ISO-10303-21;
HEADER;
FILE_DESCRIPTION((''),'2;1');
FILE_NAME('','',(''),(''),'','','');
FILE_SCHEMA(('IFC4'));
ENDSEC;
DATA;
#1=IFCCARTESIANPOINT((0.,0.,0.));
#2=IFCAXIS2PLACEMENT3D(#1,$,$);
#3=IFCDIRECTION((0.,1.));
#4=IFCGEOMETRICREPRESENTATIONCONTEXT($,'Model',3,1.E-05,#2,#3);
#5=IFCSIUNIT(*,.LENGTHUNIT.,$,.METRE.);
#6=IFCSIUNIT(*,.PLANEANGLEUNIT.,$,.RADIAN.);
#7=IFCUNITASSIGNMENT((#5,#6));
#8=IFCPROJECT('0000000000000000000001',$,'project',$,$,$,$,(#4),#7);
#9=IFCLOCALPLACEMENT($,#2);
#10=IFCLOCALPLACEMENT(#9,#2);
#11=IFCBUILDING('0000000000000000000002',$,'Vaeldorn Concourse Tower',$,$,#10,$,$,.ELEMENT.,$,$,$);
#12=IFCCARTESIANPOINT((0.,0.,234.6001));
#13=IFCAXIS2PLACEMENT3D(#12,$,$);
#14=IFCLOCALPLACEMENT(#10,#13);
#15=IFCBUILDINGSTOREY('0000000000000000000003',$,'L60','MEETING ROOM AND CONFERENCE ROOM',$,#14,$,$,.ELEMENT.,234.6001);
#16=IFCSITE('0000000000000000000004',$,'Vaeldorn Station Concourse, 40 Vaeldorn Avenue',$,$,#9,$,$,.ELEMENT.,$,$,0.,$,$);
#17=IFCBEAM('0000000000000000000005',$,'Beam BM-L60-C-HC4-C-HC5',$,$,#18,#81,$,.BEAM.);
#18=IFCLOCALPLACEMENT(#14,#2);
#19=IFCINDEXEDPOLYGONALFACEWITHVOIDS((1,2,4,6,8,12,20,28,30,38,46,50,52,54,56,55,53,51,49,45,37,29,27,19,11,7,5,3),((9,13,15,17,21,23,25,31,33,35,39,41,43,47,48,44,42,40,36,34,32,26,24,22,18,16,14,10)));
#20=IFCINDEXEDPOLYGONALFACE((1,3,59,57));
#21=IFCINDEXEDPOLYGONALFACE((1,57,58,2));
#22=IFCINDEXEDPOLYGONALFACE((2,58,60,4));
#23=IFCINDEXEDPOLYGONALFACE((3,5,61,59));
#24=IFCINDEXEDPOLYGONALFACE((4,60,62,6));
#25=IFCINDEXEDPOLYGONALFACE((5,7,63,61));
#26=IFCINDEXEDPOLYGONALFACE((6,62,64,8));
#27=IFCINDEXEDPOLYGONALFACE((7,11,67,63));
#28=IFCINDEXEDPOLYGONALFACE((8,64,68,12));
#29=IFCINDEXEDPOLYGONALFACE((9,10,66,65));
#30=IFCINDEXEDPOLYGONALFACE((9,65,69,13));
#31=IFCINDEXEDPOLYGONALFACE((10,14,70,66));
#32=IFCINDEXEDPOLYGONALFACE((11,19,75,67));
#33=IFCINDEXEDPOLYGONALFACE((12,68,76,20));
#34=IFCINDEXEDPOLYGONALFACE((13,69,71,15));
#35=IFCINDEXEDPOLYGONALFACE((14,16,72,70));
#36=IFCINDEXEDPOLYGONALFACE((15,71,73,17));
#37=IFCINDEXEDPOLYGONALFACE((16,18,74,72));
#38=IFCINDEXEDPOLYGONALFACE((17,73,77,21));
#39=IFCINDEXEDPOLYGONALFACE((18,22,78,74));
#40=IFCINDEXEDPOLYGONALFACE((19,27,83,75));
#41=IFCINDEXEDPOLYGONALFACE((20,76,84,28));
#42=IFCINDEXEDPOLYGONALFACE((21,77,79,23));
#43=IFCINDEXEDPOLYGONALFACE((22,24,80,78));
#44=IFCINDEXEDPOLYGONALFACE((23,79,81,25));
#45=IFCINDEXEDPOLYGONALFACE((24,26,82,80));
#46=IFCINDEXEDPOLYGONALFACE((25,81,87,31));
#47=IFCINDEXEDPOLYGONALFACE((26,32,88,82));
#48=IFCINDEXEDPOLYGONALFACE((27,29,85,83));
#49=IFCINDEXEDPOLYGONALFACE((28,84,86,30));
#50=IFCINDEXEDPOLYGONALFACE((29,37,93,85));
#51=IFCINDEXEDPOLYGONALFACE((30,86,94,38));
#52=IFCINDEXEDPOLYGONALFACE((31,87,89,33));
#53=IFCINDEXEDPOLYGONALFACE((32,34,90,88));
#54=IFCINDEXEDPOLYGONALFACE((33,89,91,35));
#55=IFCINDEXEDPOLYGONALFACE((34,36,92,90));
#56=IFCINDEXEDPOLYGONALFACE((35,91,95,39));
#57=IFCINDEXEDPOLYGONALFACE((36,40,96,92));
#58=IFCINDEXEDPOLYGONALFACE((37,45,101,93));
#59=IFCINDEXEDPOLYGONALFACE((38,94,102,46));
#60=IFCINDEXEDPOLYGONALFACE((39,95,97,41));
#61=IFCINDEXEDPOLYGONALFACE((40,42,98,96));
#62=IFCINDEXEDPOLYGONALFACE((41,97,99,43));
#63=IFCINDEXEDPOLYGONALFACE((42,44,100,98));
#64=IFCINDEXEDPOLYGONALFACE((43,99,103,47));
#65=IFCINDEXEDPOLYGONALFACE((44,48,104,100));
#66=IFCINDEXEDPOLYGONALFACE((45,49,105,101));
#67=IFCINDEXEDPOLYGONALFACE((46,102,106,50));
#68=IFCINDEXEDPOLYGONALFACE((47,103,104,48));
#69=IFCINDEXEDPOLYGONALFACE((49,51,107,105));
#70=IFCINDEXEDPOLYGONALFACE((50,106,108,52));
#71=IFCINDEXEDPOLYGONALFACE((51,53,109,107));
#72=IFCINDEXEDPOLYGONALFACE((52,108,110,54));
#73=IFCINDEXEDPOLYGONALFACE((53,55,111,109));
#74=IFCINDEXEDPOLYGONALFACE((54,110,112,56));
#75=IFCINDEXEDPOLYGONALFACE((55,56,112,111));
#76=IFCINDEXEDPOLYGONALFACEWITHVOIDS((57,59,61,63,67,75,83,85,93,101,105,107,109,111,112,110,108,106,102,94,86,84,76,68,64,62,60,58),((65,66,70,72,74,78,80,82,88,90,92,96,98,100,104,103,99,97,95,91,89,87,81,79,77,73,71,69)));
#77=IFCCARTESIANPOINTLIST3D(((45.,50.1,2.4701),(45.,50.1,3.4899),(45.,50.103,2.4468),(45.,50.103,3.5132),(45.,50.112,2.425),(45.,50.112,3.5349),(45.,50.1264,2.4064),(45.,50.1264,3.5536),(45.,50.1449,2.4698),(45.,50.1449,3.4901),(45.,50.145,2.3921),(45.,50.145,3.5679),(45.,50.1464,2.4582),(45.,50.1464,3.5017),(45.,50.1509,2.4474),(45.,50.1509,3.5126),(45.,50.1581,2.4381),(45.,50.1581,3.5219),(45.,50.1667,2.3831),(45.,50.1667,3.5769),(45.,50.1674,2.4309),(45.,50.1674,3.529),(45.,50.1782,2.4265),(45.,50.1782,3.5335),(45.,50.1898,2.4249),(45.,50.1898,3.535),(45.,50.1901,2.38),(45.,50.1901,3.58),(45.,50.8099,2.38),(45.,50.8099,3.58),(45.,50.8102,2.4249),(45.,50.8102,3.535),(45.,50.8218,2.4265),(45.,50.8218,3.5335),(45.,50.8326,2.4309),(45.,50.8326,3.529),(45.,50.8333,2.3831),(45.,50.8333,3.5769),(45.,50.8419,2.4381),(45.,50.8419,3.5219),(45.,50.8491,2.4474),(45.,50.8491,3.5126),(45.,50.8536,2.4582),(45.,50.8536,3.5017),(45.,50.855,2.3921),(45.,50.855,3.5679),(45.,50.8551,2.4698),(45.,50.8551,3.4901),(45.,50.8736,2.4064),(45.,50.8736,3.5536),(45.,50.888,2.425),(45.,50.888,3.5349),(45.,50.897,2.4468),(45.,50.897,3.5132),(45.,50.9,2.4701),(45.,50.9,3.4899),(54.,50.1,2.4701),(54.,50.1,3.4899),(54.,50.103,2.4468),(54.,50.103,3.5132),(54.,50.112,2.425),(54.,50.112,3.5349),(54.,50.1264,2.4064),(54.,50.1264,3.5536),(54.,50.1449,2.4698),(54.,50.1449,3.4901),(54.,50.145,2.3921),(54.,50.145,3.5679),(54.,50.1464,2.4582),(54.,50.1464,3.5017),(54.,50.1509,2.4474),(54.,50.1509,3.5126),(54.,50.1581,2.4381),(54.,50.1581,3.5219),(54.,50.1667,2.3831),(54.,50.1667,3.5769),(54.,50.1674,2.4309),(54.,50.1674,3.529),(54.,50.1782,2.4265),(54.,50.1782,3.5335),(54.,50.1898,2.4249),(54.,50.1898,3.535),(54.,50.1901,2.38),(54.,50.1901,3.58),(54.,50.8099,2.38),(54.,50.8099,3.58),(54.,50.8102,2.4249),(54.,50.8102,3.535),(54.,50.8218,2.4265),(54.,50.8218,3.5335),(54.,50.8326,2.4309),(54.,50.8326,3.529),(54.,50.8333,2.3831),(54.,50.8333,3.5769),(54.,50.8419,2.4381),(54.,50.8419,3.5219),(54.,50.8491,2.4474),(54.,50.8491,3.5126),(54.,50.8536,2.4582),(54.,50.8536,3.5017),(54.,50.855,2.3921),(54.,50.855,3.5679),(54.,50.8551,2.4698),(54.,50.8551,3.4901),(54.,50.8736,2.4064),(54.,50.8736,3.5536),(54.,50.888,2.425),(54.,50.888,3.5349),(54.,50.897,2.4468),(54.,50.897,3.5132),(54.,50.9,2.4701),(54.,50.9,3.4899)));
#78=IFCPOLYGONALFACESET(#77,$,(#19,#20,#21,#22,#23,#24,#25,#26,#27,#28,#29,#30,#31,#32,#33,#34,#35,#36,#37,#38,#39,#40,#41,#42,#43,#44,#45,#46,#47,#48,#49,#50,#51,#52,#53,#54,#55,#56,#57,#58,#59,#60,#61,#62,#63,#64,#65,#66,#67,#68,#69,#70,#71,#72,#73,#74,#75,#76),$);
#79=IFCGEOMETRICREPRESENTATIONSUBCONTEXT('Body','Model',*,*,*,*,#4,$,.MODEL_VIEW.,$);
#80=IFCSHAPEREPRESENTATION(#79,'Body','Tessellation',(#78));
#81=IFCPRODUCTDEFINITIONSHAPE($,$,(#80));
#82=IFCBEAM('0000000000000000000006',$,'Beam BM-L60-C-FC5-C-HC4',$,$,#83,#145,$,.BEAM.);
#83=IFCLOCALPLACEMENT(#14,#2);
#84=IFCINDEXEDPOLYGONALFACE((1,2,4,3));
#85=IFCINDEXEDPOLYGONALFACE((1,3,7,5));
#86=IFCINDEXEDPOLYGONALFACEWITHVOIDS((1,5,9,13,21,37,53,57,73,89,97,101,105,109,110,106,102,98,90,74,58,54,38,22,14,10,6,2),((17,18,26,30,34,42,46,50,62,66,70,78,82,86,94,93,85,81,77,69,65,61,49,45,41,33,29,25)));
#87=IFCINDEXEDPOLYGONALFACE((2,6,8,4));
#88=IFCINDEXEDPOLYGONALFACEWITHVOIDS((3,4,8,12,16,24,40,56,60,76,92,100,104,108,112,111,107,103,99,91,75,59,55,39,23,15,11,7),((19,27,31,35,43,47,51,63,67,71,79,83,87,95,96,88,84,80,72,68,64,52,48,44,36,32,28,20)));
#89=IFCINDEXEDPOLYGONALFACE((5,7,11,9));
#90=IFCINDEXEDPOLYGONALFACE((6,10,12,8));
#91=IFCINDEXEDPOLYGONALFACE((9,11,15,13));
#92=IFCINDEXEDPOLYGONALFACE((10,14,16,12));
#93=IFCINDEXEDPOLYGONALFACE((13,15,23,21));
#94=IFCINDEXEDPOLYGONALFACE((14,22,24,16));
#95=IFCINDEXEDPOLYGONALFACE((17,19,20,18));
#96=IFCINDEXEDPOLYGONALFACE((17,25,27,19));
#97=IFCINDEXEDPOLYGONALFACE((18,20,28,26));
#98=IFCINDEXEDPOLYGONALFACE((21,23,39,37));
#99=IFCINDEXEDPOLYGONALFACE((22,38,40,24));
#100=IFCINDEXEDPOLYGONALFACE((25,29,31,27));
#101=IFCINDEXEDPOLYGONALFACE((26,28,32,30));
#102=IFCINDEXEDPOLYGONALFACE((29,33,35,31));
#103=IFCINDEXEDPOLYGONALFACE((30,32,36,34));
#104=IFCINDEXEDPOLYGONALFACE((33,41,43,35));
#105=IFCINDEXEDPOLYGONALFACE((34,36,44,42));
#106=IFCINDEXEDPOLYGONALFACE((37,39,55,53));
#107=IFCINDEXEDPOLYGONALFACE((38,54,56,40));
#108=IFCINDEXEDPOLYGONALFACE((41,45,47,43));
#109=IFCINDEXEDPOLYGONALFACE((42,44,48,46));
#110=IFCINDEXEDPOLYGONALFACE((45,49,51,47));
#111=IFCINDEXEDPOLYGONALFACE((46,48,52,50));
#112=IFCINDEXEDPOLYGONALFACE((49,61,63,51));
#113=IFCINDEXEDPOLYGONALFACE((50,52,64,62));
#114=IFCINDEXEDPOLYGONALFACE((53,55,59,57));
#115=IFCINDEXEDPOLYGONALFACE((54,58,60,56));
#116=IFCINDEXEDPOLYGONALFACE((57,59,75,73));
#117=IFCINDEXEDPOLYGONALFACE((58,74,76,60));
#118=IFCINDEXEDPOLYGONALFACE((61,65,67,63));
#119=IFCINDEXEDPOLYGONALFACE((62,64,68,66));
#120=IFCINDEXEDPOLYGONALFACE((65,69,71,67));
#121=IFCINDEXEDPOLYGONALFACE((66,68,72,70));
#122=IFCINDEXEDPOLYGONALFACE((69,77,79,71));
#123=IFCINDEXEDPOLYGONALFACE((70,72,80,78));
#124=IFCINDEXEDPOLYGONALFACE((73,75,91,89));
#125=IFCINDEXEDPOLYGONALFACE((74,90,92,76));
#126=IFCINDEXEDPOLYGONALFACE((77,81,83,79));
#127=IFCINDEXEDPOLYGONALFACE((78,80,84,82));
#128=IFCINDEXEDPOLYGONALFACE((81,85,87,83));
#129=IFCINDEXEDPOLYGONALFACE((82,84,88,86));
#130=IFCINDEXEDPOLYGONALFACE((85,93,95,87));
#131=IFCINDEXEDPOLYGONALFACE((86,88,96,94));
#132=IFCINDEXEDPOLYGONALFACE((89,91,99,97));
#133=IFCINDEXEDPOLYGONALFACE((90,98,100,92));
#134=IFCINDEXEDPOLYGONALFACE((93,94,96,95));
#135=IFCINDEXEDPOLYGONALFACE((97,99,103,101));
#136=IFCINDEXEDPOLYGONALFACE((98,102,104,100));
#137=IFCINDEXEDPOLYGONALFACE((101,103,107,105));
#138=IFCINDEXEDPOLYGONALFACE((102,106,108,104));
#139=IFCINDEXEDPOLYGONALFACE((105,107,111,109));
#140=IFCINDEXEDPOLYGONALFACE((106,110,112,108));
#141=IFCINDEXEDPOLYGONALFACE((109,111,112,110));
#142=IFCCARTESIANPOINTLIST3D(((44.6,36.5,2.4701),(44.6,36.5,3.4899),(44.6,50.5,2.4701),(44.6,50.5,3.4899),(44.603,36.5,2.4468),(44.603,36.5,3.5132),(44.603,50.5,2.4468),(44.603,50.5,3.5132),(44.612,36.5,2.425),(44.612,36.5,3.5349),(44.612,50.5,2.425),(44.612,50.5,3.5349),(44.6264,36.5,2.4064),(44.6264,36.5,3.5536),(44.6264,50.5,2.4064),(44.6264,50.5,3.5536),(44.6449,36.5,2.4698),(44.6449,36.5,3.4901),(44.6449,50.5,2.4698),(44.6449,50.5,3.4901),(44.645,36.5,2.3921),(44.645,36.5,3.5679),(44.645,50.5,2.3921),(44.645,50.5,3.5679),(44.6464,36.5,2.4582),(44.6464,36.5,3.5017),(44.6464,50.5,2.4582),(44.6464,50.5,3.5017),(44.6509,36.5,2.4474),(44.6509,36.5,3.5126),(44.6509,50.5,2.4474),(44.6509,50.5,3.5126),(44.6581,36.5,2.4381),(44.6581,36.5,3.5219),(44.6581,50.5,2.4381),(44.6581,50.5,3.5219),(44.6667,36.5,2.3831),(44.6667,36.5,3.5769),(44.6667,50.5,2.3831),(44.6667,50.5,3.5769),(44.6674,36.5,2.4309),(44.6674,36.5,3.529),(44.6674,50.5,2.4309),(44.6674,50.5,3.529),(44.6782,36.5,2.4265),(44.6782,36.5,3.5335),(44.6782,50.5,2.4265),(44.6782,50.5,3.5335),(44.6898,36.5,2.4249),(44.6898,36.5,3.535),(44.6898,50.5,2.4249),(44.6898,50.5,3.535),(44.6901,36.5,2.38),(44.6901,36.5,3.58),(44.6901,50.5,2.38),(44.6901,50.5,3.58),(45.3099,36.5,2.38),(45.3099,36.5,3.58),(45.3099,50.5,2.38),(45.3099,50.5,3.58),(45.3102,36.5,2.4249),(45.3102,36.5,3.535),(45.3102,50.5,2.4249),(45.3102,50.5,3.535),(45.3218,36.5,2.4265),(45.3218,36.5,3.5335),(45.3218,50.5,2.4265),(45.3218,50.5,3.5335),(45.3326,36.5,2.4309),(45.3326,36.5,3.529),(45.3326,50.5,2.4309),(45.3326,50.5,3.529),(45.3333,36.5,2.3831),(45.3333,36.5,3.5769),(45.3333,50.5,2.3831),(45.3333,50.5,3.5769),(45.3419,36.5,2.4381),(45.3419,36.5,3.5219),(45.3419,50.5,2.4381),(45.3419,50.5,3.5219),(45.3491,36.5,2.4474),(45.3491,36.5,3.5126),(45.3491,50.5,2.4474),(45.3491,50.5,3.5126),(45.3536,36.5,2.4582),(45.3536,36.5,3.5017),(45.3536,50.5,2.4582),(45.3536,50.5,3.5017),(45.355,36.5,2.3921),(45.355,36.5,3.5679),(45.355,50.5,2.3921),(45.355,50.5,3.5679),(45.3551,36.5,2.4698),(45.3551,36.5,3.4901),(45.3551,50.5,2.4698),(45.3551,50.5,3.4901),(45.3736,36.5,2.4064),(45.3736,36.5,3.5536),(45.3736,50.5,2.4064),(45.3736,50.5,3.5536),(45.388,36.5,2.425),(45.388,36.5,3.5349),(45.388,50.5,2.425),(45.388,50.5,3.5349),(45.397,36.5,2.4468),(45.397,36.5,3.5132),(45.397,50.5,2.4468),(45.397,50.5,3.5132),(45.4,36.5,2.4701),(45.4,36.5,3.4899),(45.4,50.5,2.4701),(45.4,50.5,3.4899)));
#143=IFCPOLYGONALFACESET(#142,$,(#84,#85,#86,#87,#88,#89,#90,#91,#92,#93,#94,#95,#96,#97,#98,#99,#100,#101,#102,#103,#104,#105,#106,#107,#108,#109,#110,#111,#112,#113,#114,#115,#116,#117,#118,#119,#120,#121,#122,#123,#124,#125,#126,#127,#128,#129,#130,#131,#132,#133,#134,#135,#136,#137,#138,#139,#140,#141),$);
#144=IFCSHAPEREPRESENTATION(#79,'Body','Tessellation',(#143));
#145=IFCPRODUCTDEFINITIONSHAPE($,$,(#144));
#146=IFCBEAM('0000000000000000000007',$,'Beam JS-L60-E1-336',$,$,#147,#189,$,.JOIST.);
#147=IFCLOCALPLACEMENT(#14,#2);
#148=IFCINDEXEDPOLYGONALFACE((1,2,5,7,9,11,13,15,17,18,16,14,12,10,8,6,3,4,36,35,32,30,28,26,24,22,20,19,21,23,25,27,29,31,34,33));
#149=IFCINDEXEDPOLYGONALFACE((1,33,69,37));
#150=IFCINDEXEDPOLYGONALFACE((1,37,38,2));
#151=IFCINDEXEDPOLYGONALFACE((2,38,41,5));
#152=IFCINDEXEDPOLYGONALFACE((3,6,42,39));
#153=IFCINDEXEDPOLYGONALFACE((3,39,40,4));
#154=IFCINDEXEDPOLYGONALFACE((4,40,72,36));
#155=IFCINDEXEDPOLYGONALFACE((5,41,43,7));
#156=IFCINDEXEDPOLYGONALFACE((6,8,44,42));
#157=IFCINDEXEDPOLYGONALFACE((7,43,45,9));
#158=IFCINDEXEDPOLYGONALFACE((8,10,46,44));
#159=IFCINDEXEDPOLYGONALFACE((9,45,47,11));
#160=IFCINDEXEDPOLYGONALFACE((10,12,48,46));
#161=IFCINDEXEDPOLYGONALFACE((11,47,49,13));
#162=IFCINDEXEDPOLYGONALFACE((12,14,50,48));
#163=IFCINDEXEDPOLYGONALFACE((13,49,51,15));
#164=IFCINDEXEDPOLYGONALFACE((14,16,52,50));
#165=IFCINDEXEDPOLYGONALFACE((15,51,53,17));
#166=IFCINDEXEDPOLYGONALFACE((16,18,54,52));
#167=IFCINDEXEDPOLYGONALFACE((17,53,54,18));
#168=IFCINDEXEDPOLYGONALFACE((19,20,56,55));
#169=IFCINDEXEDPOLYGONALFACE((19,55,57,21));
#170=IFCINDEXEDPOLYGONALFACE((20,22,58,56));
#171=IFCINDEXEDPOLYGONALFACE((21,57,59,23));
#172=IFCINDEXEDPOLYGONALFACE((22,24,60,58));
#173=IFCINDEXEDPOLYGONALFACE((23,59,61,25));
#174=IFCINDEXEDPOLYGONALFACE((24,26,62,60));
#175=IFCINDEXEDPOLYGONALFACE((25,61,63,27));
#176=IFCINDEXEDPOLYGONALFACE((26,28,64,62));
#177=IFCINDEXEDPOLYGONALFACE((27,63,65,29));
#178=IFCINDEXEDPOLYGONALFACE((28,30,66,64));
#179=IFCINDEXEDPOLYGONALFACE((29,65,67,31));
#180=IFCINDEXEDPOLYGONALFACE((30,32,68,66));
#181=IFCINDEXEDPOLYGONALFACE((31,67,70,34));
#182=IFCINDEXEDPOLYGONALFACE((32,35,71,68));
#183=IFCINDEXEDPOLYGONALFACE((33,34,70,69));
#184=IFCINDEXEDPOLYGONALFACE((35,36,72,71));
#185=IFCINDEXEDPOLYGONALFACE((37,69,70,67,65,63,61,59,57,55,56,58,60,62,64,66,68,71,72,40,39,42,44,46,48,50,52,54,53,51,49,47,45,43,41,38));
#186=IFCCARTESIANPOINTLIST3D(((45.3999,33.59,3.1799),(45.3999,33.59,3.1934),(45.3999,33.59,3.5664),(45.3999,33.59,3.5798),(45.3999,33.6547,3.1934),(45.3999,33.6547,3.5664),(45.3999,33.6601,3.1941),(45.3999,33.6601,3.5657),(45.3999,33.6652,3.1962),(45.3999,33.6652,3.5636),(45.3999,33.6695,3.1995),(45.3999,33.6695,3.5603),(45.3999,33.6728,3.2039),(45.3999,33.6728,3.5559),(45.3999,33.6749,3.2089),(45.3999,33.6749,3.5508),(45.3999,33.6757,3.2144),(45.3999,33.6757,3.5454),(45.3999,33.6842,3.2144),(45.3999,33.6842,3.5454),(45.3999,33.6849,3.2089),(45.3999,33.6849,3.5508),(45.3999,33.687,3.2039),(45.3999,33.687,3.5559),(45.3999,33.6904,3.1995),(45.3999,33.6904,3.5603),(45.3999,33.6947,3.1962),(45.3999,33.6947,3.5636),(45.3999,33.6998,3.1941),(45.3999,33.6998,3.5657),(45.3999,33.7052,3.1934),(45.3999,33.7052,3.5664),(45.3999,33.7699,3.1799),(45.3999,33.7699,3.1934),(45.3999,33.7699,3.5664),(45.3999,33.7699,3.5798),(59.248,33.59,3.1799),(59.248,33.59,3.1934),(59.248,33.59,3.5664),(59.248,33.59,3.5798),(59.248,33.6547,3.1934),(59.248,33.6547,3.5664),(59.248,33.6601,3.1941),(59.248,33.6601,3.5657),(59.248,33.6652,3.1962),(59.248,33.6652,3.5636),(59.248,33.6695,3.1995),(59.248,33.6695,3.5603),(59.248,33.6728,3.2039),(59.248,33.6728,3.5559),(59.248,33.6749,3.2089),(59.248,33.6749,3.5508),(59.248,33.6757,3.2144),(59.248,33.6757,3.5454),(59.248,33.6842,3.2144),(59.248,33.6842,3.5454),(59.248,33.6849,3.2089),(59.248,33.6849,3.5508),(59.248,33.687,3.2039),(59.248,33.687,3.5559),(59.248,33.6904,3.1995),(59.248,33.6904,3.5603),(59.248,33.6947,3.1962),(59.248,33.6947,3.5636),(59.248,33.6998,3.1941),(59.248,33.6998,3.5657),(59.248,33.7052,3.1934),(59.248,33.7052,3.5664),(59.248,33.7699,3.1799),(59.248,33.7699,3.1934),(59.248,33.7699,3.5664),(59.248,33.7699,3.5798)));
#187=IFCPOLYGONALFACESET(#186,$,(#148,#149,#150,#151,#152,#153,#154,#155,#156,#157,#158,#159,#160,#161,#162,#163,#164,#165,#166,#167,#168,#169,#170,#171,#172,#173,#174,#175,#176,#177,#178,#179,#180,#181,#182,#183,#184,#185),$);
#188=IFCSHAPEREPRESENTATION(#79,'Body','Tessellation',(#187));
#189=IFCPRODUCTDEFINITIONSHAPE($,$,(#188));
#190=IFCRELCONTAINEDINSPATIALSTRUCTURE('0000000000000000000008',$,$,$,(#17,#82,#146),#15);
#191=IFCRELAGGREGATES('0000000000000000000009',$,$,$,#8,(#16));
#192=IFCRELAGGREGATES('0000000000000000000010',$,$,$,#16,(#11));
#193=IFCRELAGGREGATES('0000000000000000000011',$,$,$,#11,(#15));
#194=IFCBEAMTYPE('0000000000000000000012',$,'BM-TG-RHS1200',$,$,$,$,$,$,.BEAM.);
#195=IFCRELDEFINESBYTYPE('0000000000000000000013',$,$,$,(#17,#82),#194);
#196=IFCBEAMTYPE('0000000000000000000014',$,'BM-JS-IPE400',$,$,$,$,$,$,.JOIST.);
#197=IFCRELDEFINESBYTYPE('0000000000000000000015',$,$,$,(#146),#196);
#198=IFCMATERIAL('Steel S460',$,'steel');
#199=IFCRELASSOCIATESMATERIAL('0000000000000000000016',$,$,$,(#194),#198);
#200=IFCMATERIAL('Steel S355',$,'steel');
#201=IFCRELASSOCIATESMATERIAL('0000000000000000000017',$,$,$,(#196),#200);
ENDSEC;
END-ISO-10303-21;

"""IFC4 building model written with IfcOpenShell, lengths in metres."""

from ifc_helpers import new_model, si_unit, direction, frame, origin, origin_2d, place, context, subcontext, project, spatial, hollow_rectangle, i_section, extrude, source, transform, mapped, material, material_profile, profile_set, type_object, element, save


model = new_model("IFC4")

# Units and contexts
model_context = context("Model", 3, precision=1e-05, world=origin(), true_north=direction((0.0, 1.0)))
body_context = subcontext(model_context, "Body", "Model", "MODEL_VIEW")
ifc_project = project(units=[si_unit("LENGTHUNIT", "METRE"), si_unit("PLANEANGLEUNIT", "RADIAN")], contexts=[model_context])

# Site, building, storey
site_placement = place(None, origin())
site = spatial("IfcSite", under=ifc_project, at=site_placement, Name="Vaeldorn Station Concourse, 40 Vaeldorn Avenue", CompositionType="ELEMENT", RefElevation=0.0)
building_placement = place(site_placement, origin())
building = spatial("IfcBuilding", under=site, at=building_placement, Name="Vaeldorn Concourse Tower", CompositionType="ELEMENT")
storey_placement = place(building_placement, frame((0.0, 0.0, 234.6001)))
storey = spatial("IfcBuildingStorey", under=building, at=storey_placement, Name="L60", Description="MEETING ROOM AND CONFERENCE ROOM", CompositionType="ELEMENT", Elevation=234.6001)

# Shared definitions
ifc_material_1 = material(Name="Steel S460", Category="steel")

# Beams
ifc_material_2 = material(Name="Steel S355", Category="steel")
ifc_material_profile_1 = material_profile(ifc_material_1, hollow_rectangle(XDim=0.8, YDim=1.2, WallThickness=0.0449, InnerFilletRadius=0.0449, OuterFilletRadius=0.0901, at=origin_2d()), Name="RHS 1200x800x45")
ifc_profile_set_1 = profile_set([ifc_material_profile_1], Name="Steel S460")
beam_type_1 = type_object("IfcBeamType", Name="BM-TG-RHS1200", PredefinedType="BEAM", material=ifc_profile_set_1)
shared_shape_1 = source(origin(), body_context, "Body", "SweptSolid", [
    extrude(hollow_rectangle(XDim=0.8, YDim=1.2, WallThickness=0.0449, InnerFilletRadius=0.0449, OuterFilletRadius=0.0901, at=origin_2d()), origin(), (0.0, 0.0, 1.0), 9.0),
])
beam_1_placement = place(storey_placement, frame((45.0, 50.5, 2.98), z_axis=(1.0, 0.0, 0.0), x_axis=(0.0, 1.0, 0.0)))
element("IfcBeam", 1, at=beam_1_placement, inside=storey, type_object=beam_type_1, Name="Beam BM-L60-C-HC4-C-HC5", PredefinedType="BEAM", context=body_context, shape_type="MappedRepresentation", body=[
    mapped(shared_shape_1, transform((0.0, 0.0, 0.0), scale=1.0)),
])
shared_shape_2 = source(origin(), body_context, "Body", "SweptSolid", [
    extrude(hollow_rectangle(XDim=0.8, YDim=1.2, WallThickness=0.0449, InnerFilletRadius=0.0449, OuterFilletRadius=0.0901, at=origin_2d()), origin(), (0.0, 0.0, 1.0), 14.0),
])
beam_2_placement = place(storey_placement, frame((45.0, 36.5, 2.98), z_axis=(0.0, 1.0, 0.0), x_axis=(-1.0, 0.0, 0.0)))
element("IfcBeam", 2, at=beam_2_placement, inside=storey, type_object=beam_type_1, Name="Beam BM-L60-C-FC5-C-HC4", PredefinedType="BEAM", context=body_context, shape_type="MappedRepresentation", body=[
    mapped(shared_shape_2, transform((0.0, 0.0, 0.0), scale=1.0)),
])
ifc_material_profile_2 = material_profile(ifc_material_2, i_section(OverallWidth=0.1799, OverallDepth=0.3999, WebThickness=0.0085, FlangeThickness=0.0134, FilletRadius=0.021, at=origin_2d()), Name="IPE 400")
ifc_profile_set_2 = profile_set([ifc_material_profile_2], Name="Steel S355")
beam_type_2 = type_object("IfcBeamType", Name="BM-JS-IPE400", PredefinedType="JOIST", material=ifc_profile_set_2)
shared_shape_3 = source(origin(), body_context, "Body", "SweptSolid", [
    extrude(i_section(OverallWidth=0.1799, OverallDepth=0.3999, WebThickness=0.0085, FlangeThickness=0.0134, FilletRadius=0.021, at=origin_2d()), origin(), (0.0, 0.0, 1.0), 13.8481),
])
beam_3_placement = place(storey_placement, frame((45.3999, 33.6799, 3.3799), z_axis=(1.0, 0.0, 0.0), x_axis=(0.0, 1.0, 0.0)))
element("IfcBeam", 3, at=beam_3_placement, inside=storey, type_object=beam_type_2, Name="Beam JS-L60-E1-336", PredefinedType="JOIST", context=body_context, shape_type="MappedRepresentation", body=[
    mapped(shared_shape_3, transform((0.0, 0.0, 0.0), scale=1.0)),
])

save(model, "model.ifc")
